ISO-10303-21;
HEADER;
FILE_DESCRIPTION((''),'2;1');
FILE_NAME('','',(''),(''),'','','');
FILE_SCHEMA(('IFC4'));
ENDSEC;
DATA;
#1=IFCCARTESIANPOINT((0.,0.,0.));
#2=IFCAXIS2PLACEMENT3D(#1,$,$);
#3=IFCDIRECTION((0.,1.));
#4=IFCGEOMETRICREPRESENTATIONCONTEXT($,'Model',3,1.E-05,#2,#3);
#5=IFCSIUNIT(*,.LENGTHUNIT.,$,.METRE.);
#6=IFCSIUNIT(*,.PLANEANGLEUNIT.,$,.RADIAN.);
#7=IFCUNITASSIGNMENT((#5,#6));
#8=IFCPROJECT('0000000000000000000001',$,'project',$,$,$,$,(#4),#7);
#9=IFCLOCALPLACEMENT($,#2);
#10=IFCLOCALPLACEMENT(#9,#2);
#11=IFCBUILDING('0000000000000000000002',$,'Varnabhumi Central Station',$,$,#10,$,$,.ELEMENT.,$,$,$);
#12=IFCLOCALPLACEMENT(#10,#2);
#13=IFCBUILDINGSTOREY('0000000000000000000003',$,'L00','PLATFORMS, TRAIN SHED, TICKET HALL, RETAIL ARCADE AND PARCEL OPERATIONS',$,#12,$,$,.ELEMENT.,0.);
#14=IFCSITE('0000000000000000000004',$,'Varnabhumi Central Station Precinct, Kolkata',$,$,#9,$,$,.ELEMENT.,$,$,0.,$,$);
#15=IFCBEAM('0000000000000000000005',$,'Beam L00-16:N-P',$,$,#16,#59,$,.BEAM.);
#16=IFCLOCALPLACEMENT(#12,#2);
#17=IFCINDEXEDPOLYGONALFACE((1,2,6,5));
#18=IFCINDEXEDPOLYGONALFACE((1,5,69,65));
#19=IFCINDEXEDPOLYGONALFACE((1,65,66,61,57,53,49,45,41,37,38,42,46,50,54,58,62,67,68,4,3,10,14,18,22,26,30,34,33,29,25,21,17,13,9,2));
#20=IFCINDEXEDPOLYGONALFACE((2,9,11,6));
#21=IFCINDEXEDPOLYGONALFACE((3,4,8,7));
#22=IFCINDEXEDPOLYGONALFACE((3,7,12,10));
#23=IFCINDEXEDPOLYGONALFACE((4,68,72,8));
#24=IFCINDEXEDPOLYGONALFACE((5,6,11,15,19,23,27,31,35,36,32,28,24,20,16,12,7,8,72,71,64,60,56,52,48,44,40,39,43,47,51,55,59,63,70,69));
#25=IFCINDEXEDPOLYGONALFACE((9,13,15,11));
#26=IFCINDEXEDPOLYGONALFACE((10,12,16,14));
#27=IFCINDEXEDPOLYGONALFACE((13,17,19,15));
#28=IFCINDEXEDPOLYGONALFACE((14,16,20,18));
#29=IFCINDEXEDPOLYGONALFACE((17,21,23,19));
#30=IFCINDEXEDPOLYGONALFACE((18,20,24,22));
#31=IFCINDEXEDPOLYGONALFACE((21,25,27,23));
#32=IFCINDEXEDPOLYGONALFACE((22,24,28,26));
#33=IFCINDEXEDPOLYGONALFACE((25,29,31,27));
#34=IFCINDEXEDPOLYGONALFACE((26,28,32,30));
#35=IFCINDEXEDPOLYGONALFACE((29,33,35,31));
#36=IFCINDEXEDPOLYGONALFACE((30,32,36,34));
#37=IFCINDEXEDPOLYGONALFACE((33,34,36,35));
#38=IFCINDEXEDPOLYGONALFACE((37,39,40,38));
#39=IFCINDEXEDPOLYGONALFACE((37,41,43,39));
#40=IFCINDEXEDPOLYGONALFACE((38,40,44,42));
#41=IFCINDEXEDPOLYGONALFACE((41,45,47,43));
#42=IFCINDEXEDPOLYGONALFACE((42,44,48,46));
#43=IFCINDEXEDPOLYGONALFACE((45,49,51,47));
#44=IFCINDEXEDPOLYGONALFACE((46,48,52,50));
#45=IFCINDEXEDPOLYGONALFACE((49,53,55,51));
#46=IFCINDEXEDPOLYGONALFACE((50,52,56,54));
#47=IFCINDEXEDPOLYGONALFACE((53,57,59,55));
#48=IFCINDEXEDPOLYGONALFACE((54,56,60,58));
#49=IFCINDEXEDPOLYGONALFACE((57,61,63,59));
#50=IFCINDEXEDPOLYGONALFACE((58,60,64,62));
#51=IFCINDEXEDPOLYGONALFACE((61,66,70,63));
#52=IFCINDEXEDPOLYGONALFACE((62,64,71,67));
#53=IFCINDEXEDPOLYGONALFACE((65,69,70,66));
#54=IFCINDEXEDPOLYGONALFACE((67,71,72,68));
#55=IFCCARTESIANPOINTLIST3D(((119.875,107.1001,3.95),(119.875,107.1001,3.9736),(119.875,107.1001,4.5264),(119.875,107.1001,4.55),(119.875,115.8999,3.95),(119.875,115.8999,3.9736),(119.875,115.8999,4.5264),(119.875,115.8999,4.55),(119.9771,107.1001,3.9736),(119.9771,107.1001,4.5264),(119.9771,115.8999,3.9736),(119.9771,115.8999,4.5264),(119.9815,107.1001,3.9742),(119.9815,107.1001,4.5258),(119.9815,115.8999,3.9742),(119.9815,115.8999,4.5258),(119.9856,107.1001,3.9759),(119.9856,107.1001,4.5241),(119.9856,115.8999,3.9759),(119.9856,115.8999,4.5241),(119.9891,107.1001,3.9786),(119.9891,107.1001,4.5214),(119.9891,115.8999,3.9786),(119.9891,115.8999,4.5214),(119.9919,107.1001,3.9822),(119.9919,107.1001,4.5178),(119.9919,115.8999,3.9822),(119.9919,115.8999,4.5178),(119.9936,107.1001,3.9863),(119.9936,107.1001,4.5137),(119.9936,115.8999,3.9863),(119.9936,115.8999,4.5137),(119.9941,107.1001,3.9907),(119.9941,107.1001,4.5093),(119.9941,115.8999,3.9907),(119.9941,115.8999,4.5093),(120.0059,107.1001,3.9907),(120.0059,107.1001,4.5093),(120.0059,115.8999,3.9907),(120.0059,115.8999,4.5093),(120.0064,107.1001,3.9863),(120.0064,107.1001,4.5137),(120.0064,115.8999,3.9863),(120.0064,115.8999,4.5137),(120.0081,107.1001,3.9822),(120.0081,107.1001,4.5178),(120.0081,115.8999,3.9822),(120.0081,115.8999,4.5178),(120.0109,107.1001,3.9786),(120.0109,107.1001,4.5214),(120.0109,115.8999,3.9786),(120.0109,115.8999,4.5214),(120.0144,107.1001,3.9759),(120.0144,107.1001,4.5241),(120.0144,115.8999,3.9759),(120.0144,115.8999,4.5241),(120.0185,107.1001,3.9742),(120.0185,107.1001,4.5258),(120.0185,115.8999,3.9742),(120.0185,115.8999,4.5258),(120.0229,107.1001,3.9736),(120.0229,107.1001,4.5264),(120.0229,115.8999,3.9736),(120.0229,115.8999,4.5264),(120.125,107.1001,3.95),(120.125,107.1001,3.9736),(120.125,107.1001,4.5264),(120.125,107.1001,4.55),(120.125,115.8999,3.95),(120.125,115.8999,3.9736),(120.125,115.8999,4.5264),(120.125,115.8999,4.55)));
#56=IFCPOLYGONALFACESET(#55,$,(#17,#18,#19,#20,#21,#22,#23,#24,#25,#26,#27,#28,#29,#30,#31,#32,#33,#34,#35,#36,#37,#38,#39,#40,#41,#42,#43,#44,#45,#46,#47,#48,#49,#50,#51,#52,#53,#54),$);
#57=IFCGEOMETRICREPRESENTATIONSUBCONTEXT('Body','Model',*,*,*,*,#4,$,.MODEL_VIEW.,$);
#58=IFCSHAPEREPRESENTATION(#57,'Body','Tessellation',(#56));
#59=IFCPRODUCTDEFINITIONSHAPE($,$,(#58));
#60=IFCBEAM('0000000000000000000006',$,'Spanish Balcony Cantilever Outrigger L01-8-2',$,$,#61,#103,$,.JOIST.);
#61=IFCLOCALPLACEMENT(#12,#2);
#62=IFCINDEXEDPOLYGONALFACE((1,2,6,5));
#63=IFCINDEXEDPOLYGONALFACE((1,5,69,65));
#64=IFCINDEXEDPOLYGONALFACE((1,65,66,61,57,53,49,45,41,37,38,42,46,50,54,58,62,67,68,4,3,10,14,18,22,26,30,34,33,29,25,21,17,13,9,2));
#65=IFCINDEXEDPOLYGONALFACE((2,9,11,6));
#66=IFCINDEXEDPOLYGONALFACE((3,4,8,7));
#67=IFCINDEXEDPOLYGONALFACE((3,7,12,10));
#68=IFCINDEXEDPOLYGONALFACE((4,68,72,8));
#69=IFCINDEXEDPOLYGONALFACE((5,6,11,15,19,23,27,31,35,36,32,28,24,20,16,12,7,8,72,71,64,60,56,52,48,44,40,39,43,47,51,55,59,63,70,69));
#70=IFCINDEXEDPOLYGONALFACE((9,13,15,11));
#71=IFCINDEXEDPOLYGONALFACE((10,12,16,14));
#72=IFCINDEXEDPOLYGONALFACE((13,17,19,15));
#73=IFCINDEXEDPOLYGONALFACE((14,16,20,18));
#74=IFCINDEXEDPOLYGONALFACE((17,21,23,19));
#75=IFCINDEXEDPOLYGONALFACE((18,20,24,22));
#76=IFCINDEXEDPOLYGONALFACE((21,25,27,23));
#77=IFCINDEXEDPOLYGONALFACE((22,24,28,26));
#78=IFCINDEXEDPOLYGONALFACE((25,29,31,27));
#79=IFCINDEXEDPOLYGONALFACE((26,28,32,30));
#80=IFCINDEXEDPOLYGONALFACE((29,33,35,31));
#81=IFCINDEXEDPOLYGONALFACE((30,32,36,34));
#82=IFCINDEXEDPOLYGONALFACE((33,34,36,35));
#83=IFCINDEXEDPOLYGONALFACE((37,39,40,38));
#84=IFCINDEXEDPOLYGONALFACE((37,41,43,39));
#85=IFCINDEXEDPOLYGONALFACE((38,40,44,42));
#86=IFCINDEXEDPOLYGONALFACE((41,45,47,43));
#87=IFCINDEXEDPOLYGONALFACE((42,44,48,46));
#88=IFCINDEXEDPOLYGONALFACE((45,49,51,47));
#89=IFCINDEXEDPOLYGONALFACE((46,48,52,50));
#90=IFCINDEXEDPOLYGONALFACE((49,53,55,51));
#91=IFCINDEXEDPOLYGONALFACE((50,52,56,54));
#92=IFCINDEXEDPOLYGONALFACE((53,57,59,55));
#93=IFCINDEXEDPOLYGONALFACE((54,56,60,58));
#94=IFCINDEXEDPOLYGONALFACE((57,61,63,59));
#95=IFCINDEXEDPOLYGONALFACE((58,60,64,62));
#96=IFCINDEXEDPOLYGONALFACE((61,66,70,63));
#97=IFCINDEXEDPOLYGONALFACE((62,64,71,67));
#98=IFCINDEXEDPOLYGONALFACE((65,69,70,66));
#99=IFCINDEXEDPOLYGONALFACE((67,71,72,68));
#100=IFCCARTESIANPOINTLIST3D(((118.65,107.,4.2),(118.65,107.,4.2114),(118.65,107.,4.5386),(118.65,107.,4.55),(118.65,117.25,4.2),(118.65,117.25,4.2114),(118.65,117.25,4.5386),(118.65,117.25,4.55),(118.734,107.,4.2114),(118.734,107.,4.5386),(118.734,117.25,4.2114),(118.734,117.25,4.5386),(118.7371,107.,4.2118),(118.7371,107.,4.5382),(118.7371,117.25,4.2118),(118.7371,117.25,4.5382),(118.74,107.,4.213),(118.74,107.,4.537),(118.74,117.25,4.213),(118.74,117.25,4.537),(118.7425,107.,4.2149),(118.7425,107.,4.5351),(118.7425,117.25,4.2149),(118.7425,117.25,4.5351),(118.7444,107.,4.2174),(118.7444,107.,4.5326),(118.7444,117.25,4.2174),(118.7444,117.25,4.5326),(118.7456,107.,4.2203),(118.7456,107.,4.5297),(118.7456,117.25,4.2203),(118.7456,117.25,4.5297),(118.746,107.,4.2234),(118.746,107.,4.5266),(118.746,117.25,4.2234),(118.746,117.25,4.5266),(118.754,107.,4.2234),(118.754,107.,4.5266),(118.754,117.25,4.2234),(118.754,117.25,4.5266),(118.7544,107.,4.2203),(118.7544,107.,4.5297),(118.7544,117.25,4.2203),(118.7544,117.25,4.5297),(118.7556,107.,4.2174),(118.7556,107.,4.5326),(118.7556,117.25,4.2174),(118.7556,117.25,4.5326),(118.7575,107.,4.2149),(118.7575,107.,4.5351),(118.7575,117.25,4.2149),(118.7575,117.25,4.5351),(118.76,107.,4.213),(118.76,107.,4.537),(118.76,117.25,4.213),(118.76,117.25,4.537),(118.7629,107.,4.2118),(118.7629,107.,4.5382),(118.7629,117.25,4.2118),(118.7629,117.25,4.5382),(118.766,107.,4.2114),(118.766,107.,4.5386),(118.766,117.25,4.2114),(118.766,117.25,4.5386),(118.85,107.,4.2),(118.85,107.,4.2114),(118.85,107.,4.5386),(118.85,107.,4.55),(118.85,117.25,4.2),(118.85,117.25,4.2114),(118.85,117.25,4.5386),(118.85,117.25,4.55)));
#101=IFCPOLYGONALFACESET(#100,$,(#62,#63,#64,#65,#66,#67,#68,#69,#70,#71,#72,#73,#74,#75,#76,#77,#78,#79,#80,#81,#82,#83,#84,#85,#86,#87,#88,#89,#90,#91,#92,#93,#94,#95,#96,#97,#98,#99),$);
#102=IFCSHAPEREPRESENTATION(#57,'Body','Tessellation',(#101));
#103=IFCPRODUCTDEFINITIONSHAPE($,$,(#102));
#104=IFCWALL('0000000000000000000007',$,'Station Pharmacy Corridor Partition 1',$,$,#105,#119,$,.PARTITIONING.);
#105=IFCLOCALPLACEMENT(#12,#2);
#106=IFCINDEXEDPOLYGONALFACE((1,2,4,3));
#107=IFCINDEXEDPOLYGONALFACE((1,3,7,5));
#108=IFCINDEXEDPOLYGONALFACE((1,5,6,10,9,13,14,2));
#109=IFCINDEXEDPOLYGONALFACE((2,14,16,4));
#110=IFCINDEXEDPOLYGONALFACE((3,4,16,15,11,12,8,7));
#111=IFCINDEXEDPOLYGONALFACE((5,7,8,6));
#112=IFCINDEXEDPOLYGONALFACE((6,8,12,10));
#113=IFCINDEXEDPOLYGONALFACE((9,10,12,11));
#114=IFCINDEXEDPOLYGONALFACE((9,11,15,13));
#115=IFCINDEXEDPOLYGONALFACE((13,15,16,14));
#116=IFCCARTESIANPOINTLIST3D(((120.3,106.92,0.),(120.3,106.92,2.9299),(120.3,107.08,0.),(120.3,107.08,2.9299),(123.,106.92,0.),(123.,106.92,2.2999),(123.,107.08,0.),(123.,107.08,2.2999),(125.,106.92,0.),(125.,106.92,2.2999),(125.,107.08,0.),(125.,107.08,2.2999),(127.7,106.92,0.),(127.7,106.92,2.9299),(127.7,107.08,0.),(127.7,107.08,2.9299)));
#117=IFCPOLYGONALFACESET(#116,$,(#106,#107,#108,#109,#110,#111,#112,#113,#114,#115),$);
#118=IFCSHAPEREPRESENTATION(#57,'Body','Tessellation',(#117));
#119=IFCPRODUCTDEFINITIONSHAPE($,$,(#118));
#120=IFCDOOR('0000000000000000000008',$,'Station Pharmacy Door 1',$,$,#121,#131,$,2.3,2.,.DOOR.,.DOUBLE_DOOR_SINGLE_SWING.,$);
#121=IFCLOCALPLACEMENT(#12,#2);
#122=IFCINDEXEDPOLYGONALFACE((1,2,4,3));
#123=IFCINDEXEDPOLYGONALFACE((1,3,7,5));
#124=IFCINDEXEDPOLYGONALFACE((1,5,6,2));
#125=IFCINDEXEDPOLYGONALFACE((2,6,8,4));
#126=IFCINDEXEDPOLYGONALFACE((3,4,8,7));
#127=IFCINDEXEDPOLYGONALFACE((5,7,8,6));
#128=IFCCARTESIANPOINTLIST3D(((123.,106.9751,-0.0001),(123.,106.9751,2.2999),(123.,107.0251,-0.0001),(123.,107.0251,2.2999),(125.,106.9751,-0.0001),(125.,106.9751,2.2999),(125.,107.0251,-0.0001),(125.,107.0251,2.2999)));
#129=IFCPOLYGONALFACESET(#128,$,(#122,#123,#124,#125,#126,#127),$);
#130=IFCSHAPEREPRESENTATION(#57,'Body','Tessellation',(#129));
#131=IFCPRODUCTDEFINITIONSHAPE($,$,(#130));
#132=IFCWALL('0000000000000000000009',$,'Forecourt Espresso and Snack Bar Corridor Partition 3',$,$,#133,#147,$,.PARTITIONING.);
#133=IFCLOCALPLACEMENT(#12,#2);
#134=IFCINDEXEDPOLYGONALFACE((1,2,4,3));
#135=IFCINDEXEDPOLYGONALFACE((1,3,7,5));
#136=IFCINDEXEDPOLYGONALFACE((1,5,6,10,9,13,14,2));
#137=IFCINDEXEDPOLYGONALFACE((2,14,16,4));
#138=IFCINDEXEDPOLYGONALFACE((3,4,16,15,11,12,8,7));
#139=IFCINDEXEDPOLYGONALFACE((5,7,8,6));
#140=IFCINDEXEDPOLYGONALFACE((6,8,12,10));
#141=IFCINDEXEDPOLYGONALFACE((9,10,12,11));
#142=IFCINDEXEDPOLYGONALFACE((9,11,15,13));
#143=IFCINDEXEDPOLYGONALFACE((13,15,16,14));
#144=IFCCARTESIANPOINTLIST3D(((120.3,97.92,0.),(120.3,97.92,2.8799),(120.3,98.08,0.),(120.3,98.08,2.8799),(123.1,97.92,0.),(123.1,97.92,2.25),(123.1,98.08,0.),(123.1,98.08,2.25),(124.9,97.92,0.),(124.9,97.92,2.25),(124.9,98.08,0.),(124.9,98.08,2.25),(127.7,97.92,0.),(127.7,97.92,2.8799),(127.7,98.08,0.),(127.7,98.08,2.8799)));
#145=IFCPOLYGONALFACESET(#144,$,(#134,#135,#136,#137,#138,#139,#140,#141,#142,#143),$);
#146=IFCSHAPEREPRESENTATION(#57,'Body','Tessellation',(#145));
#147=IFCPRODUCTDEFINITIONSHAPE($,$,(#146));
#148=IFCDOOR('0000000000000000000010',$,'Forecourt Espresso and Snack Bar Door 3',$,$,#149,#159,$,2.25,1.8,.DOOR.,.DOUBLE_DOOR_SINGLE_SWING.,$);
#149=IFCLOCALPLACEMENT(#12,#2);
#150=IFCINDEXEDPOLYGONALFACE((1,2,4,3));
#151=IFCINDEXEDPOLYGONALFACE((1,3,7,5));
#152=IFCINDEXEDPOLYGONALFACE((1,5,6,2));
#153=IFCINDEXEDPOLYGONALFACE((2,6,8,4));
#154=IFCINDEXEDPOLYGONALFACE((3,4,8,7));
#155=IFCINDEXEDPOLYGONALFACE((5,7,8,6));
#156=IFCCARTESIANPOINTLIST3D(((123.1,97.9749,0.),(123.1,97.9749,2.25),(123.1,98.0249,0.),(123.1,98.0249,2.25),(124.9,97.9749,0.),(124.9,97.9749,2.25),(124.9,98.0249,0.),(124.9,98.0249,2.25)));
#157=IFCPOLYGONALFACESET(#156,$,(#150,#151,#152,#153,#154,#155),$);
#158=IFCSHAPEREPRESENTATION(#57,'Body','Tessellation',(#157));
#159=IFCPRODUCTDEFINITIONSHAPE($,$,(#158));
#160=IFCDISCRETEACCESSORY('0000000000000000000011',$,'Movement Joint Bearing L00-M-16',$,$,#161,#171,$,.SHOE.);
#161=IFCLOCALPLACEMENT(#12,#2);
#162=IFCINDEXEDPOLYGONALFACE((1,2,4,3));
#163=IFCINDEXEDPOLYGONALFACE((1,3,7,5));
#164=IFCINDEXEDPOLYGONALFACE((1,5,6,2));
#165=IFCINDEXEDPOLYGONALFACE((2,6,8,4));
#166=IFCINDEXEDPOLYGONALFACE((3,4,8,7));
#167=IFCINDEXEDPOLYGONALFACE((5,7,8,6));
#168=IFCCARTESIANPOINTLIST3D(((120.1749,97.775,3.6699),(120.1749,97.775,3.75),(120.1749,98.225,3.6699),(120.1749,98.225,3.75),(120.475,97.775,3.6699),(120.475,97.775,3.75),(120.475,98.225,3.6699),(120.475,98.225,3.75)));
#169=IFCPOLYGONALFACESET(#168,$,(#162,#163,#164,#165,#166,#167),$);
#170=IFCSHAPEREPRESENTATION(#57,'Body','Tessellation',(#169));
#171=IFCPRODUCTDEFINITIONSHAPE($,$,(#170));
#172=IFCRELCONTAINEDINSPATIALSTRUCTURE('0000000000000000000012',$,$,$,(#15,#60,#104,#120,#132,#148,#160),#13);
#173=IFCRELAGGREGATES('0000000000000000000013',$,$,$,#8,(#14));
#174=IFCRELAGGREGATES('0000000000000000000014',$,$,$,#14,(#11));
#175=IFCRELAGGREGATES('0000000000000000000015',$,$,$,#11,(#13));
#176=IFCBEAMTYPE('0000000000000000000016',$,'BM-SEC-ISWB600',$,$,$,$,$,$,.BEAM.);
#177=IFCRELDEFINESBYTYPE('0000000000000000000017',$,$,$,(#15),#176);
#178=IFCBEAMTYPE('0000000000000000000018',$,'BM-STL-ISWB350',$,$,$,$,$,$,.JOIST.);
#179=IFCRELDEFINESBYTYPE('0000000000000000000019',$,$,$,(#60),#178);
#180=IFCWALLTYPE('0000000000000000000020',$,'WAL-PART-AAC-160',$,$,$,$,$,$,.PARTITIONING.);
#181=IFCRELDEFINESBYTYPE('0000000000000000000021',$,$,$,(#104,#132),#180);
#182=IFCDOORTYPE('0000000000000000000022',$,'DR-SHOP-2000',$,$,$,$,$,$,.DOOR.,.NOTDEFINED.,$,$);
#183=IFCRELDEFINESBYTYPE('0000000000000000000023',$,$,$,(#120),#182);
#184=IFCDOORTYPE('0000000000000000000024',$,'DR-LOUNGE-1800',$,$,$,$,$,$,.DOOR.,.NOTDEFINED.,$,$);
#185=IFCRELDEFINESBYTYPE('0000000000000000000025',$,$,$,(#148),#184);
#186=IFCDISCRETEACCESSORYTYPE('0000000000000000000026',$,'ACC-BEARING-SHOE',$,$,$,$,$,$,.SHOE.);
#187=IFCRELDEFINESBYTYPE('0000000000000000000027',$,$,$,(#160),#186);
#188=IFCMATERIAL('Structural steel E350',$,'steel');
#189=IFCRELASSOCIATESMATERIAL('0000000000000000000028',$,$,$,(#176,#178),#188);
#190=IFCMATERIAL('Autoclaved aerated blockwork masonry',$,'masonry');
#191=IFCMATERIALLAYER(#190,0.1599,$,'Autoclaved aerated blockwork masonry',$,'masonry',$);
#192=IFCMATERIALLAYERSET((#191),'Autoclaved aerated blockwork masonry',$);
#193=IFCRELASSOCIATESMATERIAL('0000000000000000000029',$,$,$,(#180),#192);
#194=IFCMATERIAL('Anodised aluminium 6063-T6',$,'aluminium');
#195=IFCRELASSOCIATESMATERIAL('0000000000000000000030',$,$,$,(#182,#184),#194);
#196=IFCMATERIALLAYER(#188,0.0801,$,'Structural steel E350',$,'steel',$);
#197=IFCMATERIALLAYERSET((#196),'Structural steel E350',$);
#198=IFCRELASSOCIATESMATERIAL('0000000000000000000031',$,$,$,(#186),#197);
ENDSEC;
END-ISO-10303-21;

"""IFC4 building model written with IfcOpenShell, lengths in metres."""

from ifc_helpers import new_model, si_unit, direction, frame, frame_2d, origin, origin_2d, place, context, subcontext, project, spatial, rectangle, i_section, extrude, material, layer, layer_set, material_profile, profile_set, type_object, element, fill, save


model = new_model("IFC4")

# Units and contexts
model_context = context("Model", 3, precision=1e-05, world=origin(), true_north=direction((0.0, 1.0)))
body_context = subcontext(model_context, "Body", "Model", "MODEL_VIEW")
ifc_project = project(units=[si_unit("LENGTHUNIT", "METRE"), si_unit("PLANEANGLEUNIT", "RADIAN")], contexts=[model_context])

# Site, building, storey
site_placement = place(None, origin())
site = spatial("IfcSite", under=ifc_project, at=site_placement, Name="Varnabhumi Central Station Precinct, Kolkata", CompositionType="ELEMENT", RefElevation=0.0)
building_placement = place(site_placement, origin())
building = spatial("IfcBuilding", under=site, at=building_placement, Name="Varnabhumi Central Station", CompositionType="ELEMENT")
storey_placement = place(building_placement, origin())
storey = spatial("IfcBuildingStorey", under=building, at=storey_placement, Name="L00", Description="PLATFORMS, TRAIN SHED, TICKET HALL, RETAIL ARCADE AND PARCEL OPERATIONS", CompositionType="ELEMENT", Elevation=0.0)

# Beams
ifc_material_1 = material(Name="Structural steel E350", Category="steel")
ifc_material_profile_1 = material_profile(ifc_material_1, i_section(OverallWidth=0.25, OverallDepth=0.6001, WebThickness=0.0117, FlangeThickness=0.0237, FilletRadius=0.0171, at=origin_2d()), Name="Structural steel E350", Category="steel")
ifc_profile_set_1 = profile_set([ifc_material_profile_1], Name="Structural steel E350")
beam_type_1 = type_object("IfcBeamType", Name="BM-SEC-ISWB600", PredefinedType="BEAM", material=ifc_profile_set_1)
for number, where, z_axis, x_axis, name in (
    (1, (120.0, 107.1001, 4.25), (0.0, 1.0, 0.0), (-1.0, 0.0, 0.0), "Beam L00-16:N-P"),
):
    element("IfcBeam", number, at=place(storey_placement, frame(where, z_axis=z_axis, x_axis=x_axis)), inside=storey, type_object=beam_type_1, Name=name, PredefinedType="BEAM", context=body_context, shape_type="SweptSolid", body=[
        extrude(i_section(OverallWidth=0.25, OverallDepth=0.6001, WebThickness=0.0117, FlangeThickness=0.0237, FilletRadius=0.0171, at=origin_2d()), origin(), (0.0, 0.0, 1.0), 8.7998),
    ])
ifc_material_profile_2 = material_profile(ifc_material_1, i_section(OverallWidth=0.2, OverallDepth=0.3501, WebThickness=0.0081, FlangeThickness=0.0115, FilletRadius=0.012, at=origin_2d()), Name="Structural steel E350", Category="steel")
ifc_profile_set_2 = profile_set([ifc_material_profile_2], Name="Structural steel E350")
beam_type_2 = type_object("IfcBeamType", Name="BM-STL-ISWB350", PredefinedType="JOIST", material=ifc_profile_set_2)
beam_1_placement = place(storey_placement, frame((118.75, 107.0, 4.375), z_axis=(0.0, 1.0, 0.0), x_axis=(-1.0, 0.0, 0.0)))
element("IfcBeam", 2, at=beam_1_placement, inside=storey, type_object=beam_type_2, Name="Spanish Balcony Cantilever Outrigger L01-8-2", PredefinedType="JOIST", context=body_context, shape_type="SweptSolid", body=[
    extrude(i_section(OverallWidth=0.2, OverallDepth=0.3501, WebThickness=0.0081, FlangeThickness=0.0115, FilletRadius=0.012, at=origin_2d()), origin(), (0.0, 0.0, 1.0), 10.25),
])

# Walls, openings, doors
ifc_material_2 = material(Name="Autoclaved aerated blockwork masonry", Category="masonry")
ifc_layer_1 = layer(ifc_material_2, 0.1599, Name="Autoclaved aerated blockwork masonry", Category="masonry")
ifc_layer_set_1 = layer_set([ifc_layer_1], Name="Autoclaved aerated blockwork masonry")
wall_type = type_object("IfcWallType", Name="WAL-PART-AAC-160", PredefinedType="PARTITIONING", material=ifc_layer_set_1)
wall_1_placement = place(storey_placement, frame((120.3, 107.0, 0.0), z_axis=(0.0, 0.0, 1.0), x_axis=(1.0, 0.0, 0.0)))
wall_1 = element("IfcWall", 3, at=wall_1_placement, inside=storey, type_object=wall_type, Name="Station Pharmacy Corridor Partition 1", PredefinedType="PARTITIONING", context=body_context, shape_type="SweptSolid", body=[
    extrude(rectangle(XDim=7.3999, YDim=0.1599, at=frame_2d((3.7, 0.0))), origin(), (0.0, 0.0, 1.0), 2.9299),
])
opening_1_placement = place(wall_1_placement, frame((2.7, 0.0, 0.0)))
opening_1 = element("IfcOpeningElement", 4, at=opening_1_placement, cuts=wall_1, PredefinedType="OPENING", context=body_context, shape_type="SweptSolid", body=[
    extrude(rectangle(XDim=2.0, YDim=2.3, at=frame_2d((1.0, 1.1499))), frame((0.0, 0.0898, 0.0), z_axis=(0.0, -1.0, 0.0), x_axis=(1.0, 0.0, 0.0)), (0.0, 0.0, 1.0), 0.1799),
])
ifc_material_3 = material(Name="Anodised aluminium 6063-T6", Category="aluminium")
door_type_1 = type_object("IfcDoorType", Name="DR-SHOP-2000", OperationType="NOTDEFINED", PredefinedType="DOOR", material=ifc_material_3)
door_1_placement = place(opening_1_placement, frame((2.0, 0.0, 0.0), z_axis=(0.0, 0.0, 1.0), x_axis=(-1.0, 0.0, 0.0)))
door_1 = element("IfcDoor", 5, at=door_1_placement, inside=storey, type_object=door_type_1, Name="Station Pharmacy Door 1", OperationType="DOUBLE_DOOR_SINGLE_SWING", OverallHeight=2.3, OverallWidth=2.0, PredefinedType="DOOR", context=body_context, shape_type="SweptSolid", body=[
    extrude(rectangle(XDim=2.0, YDim=2.3, at=frame_2d((1.0, 1.1499))), frame((0.0, 0.0249, 0.0), z_axis=(0.0, -1.0, 0.0), x_axis=(1.0, 0.0, 0.0)), (0.0, 0.0, 1.0), 0.05),
])
fill(opening_1, door_1)
wall_2_placement = place(storey_placement, frame((120.3, 98.0, 0.0), z_axis=(0.0, 0.0, 1.0), x_axis=(1.0, 0.0, 0.0)))
wall_2 = element("IfcWall", 6, at=wall_2_placement, inside=storey, type_object=wall_type, Name="Forecourt Espresso and Snack Bar Corridor Partition 3", PredefinedType="PARTITIONING", context=body_context, shape_type="SweptSolid", body=[
    extrude(rectangle(XDim=7.3999, YDim=0.1599, at=frame_2d((3.7, 0.0))), origin(), (0.0, 0.0, 1.0), 2.8799),
])
opening_2_placement = place(wall_2_placement, frame((2.8, 0.0, 0.0)))
opening_2 = element("IfcOpeningElement", 7, at=opening_2_placement, cuts=wall_2, PredefinedType="OPENING", context=body_context, shape_type="SweptSolid", body=[
    extrude(rectangle(XDim=1.8, YDim=2.25, at=frame_2d((0.8999, 1.125))), frame((0.0, 0.0898, 0.0), z_axis=(0.0, -1.0, 0.0), x_axis=(1.0, 0.0, 0.0)), (0.0, 0.0, 1.0), 0.1799),
])
door_type_2 = type_object("IfcDoorType", Name="DR-LOUNGE-1800", OperationType="NOTDEFINED", PredefinedType="DOOR", material=ifc_material_3)
door_2_placement = place(opening_2_placement, origin())
door_2 = element("IfcDoor", 8, at=door_2_placement, inside=storey, type_object=door_type_2, Name="Forecourt Espresso and Snack Bar Door 3", OperationType="DOUBLE_DOOR_SINGLE_SWING", OverallHeight=2.25, OverallWidth=1.8, PredefinedType="DOOR", context=body_context, shape_type="SweptSolid", body=[
    extrude(rectangle(XDim=1.8, YDim=2.25, at=frame_2d((0.8999, 1.125))), frame((0.0, 0.0249, 0.0), z_axis=(0.0, -1.0, 0.0), x_axis=(1.0, 0.0, 0.0)), (0.0, 0.0, 1.0), 0.05),
])
fill(opening_2, door_2)

# Discrete accessory
ifc_layer_2 = layer(ifc_material_1, 0.0801, Name="Structural steel E350", Category="steel")
ifc_layer_set_2 = layer_set([ifc_layer_2], Name="Structural steel E350")
discrete_accessory_type = type_object("IfcDiscreteAccessoryType", Name="ACC-BEARING-SHOE", PredefinedType="SHOE", material=ifc_layer_set_2)
for number, where, z_axis, x_axis, name in (
    (9, (120.325, 98.0, 3.6699), (0.0, 0.0, 1.0), (1.0, 0.0, 0.0), "Movement Joint Bearing L00-M-16"),
):
    element("IfcDiscreteAccessory", number, at=place(storey_placement, frame(where, z_axis=z_axis, x_axis=x_axis)), inside=storey, type_object=discrete_accessory_type, Name=name, PredefinedType="SHOE", context=body_context, shape_type="SweptSolid", body=[
        extrude(rectangle(XDim=0.3, YDim=0.45, at=origin_2d()), origin(), (0.0, 0.0, 1.0), 0.0801),
    ])

save(model, "model.ifc")
